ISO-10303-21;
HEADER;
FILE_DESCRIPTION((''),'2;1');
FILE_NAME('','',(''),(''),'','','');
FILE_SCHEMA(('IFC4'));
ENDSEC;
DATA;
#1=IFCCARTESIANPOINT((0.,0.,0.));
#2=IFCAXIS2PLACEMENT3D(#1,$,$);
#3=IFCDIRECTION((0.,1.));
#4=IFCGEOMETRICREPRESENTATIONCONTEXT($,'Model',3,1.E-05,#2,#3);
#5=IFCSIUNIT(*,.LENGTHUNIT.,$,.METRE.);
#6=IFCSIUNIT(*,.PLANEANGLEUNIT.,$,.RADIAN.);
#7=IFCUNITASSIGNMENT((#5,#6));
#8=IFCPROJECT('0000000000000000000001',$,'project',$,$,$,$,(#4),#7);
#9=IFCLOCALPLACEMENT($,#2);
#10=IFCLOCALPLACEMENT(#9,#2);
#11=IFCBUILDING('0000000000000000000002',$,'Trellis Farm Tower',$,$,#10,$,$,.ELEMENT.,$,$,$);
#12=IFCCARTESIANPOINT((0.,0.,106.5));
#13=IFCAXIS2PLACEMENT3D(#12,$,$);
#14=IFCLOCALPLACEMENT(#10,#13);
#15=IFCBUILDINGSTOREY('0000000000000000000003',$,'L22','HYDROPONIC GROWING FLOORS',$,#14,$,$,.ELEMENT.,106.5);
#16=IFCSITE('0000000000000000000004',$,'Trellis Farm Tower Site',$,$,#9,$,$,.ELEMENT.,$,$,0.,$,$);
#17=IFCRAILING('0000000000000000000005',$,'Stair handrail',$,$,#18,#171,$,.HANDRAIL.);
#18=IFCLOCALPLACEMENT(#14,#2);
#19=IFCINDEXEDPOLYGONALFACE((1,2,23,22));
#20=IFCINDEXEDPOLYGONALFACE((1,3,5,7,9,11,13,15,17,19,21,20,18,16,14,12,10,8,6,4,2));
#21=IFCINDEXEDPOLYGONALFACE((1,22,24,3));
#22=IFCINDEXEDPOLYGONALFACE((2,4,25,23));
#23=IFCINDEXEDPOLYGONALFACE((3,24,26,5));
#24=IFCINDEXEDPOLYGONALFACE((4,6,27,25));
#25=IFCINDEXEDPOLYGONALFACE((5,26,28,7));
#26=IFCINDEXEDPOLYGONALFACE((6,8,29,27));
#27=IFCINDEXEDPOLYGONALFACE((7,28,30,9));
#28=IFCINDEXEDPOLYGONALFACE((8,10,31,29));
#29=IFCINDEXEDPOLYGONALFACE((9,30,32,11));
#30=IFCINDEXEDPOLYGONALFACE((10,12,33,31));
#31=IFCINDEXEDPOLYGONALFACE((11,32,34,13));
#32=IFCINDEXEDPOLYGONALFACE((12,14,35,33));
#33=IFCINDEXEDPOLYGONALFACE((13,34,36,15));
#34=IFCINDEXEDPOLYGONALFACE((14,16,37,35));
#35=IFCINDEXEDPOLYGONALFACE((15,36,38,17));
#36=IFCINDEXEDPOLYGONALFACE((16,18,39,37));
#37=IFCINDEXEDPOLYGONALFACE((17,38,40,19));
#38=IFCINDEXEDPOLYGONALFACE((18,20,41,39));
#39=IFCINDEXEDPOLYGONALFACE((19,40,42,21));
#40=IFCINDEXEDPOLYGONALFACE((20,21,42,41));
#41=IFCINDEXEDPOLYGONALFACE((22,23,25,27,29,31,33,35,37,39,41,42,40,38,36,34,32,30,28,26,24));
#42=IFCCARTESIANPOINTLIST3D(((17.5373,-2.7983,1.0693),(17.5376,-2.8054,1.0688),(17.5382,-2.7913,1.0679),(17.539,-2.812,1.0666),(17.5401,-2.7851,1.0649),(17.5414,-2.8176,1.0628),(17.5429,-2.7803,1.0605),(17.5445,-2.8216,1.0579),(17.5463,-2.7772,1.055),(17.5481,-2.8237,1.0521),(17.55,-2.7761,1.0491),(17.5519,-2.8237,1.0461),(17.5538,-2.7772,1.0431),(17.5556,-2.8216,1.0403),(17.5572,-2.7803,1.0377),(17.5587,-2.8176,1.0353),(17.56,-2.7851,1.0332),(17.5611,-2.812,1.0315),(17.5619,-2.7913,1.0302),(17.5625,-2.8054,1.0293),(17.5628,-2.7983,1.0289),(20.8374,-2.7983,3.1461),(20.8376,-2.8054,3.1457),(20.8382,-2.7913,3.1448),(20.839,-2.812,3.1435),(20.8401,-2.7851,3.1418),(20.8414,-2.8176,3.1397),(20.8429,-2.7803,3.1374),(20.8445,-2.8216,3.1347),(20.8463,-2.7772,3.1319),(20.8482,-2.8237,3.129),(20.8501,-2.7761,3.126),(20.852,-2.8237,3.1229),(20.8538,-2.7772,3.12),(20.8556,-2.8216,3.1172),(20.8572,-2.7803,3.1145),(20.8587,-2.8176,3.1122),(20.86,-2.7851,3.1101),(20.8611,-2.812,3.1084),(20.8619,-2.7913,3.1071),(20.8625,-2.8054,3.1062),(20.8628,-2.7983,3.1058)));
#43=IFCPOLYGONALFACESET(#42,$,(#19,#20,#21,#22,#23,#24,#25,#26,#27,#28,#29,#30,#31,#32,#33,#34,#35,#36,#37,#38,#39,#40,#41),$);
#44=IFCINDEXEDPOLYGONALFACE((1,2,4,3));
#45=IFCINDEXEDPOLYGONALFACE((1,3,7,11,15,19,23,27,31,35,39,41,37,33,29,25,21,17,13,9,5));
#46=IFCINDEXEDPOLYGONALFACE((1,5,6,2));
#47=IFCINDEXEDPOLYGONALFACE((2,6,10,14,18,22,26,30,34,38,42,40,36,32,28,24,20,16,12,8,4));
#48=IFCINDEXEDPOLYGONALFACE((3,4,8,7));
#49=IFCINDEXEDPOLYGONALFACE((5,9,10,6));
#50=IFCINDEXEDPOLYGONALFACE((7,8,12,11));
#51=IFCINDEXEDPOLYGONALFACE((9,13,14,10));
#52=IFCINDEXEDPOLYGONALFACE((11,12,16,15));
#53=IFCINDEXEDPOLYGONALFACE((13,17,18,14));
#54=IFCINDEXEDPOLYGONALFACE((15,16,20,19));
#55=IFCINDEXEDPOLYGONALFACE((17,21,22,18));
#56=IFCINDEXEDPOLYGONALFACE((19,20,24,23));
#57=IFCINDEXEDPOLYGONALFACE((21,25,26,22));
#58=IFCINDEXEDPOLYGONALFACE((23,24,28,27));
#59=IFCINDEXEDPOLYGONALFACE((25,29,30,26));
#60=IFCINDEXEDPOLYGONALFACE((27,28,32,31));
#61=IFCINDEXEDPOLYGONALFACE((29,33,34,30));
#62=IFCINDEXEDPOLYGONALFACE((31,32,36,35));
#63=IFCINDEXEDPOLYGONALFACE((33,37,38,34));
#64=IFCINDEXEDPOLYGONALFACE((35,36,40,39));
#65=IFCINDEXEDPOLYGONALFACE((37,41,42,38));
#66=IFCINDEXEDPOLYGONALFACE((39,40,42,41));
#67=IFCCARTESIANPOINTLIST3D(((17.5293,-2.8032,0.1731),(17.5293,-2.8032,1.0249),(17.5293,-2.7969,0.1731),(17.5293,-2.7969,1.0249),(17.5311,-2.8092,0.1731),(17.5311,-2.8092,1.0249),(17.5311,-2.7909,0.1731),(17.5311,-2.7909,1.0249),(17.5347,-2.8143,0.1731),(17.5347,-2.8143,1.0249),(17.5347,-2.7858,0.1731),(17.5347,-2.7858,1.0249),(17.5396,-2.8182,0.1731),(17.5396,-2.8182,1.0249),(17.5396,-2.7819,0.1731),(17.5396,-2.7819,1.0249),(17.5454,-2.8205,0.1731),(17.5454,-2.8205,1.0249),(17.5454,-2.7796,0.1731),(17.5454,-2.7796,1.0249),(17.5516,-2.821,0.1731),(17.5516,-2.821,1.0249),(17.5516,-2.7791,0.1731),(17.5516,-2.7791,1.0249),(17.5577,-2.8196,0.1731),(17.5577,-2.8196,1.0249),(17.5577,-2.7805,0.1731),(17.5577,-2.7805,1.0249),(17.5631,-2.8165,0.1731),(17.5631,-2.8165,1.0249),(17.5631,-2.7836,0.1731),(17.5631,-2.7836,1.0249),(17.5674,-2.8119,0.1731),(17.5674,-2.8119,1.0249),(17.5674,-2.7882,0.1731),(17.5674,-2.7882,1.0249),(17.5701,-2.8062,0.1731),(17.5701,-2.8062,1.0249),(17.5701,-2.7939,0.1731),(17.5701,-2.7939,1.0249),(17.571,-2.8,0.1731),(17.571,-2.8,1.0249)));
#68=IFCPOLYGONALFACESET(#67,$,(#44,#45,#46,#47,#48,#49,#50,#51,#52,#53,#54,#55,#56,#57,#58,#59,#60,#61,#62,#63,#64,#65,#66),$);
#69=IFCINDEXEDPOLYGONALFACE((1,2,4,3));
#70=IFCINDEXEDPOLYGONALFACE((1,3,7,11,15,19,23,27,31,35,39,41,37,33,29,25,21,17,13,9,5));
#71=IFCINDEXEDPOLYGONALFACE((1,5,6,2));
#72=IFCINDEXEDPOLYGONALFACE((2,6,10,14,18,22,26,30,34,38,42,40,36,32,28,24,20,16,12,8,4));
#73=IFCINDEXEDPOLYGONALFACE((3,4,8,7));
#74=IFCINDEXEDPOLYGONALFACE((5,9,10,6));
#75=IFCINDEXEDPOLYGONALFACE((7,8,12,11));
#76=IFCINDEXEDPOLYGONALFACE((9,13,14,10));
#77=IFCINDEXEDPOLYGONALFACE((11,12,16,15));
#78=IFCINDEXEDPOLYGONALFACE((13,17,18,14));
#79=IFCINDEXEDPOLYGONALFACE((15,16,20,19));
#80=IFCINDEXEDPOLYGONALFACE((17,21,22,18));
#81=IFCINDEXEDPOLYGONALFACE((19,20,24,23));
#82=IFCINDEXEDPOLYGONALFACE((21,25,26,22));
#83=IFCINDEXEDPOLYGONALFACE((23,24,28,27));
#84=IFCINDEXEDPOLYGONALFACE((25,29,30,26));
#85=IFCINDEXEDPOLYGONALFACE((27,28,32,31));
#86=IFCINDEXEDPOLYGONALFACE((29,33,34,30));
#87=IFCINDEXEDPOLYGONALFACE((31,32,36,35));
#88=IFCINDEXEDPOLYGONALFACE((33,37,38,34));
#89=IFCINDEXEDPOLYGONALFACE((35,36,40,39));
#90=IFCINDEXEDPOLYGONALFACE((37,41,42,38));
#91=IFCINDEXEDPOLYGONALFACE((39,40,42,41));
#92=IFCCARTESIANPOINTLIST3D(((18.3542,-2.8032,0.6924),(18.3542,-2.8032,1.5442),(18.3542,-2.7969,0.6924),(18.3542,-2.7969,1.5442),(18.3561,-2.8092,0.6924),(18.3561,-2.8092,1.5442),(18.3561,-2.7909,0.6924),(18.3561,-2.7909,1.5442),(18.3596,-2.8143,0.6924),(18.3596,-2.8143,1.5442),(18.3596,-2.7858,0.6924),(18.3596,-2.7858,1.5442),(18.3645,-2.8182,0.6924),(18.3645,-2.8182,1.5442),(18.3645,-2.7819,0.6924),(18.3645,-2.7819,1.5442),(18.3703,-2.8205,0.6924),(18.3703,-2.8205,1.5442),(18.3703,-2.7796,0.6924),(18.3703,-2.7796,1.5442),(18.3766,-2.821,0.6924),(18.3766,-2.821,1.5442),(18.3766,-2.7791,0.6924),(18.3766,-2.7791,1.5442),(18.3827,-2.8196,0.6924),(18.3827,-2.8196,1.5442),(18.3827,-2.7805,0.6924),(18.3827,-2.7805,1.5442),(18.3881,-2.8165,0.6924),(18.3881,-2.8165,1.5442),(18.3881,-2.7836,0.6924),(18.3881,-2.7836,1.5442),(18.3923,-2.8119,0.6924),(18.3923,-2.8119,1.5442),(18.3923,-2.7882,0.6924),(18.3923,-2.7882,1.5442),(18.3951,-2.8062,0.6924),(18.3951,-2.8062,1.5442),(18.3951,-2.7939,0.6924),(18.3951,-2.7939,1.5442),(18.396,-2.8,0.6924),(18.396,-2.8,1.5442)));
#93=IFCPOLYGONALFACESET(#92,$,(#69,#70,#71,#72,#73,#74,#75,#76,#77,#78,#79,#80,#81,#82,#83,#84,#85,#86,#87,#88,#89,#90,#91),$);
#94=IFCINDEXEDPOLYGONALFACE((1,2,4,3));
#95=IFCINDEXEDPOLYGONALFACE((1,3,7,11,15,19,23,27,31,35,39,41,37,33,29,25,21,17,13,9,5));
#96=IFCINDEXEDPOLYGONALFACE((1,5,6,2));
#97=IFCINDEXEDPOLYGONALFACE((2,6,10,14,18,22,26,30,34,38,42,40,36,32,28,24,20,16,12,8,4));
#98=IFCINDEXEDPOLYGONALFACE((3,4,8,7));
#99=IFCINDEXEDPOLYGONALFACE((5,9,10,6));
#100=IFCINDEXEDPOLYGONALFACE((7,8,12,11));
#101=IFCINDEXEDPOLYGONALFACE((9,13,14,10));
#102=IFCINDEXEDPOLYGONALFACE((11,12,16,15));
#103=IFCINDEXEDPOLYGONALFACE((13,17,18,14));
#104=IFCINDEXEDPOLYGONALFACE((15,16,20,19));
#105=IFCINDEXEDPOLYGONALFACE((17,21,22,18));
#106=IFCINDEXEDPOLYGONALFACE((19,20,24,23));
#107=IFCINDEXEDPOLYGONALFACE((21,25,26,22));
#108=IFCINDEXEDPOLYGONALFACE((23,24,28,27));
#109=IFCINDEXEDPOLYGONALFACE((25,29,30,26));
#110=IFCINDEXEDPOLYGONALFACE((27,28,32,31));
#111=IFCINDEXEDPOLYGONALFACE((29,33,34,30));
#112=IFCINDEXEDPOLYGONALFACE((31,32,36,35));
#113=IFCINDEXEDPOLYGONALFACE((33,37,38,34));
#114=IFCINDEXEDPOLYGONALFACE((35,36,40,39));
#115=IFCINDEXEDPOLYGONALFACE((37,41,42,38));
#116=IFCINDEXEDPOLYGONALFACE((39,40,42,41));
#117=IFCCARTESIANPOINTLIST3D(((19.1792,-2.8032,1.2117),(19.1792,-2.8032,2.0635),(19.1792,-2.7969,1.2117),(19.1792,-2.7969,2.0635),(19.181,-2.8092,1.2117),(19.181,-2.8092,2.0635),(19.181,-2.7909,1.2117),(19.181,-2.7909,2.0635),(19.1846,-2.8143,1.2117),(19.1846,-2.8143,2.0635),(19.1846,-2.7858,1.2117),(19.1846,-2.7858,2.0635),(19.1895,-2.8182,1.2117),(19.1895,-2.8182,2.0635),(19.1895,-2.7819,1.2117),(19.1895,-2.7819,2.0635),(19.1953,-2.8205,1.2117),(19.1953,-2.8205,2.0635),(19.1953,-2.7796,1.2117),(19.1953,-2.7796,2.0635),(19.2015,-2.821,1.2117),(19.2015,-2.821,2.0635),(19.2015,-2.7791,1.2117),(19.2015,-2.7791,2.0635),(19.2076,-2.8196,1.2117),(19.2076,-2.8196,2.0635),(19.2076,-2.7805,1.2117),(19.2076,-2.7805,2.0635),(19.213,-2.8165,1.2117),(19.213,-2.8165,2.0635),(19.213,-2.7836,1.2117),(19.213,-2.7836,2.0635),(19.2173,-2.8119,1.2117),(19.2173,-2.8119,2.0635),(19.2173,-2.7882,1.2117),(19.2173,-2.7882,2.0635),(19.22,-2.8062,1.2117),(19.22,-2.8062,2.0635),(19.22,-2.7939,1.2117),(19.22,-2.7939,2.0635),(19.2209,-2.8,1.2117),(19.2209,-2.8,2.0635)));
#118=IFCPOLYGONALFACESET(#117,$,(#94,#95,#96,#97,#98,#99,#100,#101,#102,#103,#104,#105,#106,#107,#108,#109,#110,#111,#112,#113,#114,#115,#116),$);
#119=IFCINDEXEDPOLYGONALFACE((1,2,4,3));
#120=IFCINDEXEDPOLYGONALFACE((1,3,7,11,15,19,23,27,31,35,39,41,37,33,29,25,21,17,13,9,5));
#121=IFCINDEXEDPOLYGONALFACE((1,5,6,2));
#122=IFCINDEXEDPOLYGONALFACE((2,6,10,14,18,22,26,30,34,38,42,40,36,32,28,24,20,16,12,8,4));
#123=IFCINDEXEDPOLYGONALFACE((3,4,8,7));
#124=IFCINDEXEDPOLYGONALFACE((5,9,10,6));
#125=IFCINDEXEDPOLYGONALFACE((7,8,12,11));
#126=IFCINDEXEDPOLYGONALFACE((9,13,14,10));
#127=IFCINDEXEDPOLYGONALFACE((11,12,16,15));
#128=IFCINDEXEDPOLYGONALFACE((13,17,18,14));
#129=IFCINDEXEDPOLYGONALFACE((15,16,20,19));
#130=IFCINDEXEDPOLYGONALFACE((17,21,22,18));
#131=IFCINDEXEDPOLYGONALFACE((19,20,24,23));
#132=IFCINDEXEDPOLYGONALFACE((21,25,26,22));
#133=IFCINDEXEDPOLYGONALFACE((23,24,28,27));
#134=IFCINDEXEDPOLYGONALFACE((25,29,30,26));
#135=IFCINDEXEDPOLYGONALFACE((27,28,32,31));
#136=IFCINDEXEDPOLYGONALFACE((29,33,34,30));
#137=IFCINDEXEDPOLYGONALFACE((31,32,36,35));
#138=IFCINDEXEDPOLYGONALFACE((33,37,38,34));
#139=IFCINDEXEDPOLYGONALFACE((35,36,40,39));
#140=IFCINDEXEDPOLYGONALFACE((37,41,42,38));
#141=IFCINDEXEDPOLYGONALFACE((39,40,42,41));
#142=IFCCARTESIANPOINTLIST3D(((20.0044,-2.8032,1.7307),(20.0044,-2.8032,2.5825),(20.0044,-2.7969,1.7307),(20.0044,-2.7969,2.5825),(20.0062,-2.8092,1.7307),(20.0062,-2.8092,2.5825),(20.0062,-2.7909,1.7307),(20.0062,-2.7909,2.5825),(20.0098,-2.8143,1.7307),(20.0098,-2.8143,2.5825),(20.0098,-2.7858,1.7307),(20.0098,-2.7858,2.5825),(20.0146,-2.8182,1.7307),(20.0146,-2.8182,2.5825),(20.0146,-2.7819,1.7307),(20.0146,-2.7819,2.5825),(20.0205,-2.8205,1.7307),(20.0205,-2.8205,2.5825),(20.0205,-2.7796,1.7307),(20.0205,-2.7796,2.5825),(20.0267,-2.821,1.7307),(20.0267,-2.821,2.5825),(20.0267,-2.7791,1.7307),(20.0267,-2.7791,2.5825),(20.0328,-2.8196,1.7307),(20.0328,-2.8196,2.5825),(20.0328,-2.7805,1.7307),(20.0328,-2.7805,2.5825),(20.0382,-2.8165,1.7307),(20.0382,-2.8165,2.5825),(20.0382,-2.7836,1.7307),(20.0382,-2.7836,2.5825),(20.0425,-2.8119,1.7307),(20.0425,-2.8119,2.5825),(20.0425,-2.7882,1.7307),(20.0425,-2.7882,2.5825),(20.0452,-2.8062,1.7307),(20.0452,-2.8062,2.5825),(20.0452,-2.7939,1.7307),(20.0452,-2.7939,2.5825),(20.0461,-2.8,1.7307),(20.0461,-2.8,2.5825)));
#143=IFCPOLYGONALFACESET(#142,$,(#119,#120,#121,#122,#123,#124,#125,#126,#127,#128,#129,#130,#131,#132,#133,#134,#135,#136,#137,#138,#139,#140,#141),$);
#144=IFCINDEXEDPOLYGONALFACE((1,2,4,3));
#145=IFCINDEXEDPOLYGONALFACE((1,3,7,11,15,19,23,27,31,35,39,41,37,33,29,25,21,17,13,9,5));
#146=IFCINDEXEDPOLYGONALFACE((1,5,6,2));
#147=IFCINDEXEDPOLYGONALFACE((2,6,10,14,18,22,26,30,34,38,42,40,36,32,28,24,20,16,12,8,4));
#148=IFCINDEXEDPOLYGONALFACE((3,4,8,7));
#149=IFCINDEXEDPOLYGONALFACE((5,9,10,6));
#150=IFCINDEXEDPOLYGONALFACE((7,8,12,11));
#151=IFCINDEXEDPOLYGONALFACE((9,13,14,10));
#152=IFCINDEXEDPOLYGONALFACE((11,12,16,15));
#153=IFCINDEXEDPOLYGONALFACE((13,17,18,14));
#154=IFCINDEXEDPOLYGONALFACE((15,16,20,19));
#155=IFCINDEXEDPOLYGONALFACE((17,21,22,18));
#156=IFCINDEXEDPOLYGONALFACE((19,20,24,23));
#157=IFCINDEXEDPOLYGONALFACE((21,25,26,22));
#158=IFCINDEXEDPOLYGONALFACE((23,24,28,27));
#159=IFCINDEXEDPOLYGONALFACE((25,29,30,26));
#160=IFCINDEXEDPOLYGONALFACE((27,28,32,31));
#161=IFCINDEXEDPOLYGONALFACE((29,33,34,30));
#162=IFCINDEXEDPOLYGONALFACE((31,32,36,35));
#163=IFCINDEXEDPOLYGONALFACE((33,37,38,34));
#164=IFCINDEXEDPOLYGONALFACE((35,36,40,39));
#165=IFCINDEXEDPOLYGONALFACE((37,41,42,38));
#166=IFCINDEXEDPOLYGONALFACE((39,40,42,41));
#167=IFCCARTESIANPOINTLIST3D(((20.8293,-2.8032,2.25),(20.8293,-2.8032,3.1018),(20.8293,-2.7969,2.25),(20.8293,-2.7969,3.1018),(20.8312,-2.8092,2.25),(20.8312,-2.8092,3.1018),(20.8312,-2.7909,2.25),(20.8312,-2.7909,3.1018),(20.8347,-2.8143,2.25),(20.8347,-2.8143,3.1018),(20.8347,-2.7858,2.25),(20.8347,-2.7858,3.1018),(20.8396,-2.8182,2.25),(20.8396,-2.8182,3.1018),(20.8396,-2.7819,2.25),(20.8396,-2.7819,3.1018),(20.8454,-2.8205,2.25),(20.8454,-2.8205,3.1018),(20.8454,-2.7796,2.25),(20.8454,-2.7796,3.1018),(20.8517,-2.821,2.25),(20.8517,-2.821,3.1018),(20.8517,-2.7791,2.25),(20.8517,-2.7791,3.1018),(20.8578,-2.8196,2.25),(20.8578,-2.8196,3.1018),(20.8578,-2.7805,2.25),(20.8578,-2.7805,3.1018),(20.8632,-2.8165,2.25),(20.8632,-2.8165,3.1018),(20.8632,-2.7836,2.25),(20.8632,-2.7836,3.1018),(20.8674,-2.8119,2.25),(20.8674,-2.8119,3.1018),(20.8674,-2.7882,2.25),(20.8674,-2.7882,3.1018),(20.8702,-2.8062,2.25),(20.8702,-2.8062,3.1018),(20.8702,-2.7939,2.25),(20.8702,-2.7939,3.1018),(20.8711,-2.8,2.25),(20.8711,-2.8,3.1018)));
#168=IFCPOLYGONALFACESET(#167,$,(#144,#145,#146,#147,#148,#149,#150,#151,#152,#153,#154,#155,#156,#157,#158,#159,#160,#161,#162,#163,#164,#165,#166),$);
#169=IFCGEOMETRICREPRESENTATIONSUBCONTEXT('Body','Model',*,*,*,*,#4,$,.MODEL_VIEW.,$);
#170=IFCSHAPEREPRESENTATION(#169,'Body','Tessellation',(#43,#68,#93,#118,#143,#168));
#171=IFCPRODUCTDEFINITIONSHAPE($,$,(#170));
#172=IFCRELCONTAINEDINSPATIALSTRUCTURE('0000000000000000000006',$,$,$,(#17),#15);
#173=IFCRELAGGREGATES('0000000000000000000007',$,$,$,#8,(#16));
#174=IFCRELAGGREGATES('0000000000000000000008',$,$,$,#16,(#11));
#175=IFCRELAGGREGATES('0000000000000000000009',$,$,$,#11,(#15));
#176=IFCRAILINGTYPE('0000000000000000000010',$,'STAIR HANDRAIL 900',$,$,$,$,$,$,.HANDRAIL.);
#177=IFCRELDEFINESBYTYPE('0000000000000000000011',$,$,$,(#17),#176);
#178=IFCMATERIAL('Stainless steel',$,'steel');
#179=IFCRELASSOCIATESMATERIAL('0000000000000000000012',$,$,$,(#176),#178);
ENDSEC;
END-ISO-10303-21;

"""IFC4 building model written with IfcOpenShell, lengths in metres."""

from ifc_helpers import new_model, si_unit, direction, frame, origin, origin_2d, place, context, subcontext, project, spatial, circle, extrude, source, transform, mapped, material, type_object, element, save


model = new_model("IFC4")

# Units and contexts
model_context = context("Model", 3, precision=1e-05, world=origin(), true_north=direction((0.0, 1.0)))
body_context = subcontext(model_context, "Body", "Model", "MODEL_VIEW")
ifc_project = project(units=[si_unit("LENGTHUNIT", "METRE"), si_unit("PLANEANGLEUNIT", "RADIAN")], contexts=[model_context])

# Site, building, storey
site_placement = place(None, origin())
site = spatial("IfcSite", under=ifc_project, at=site_placement, Name="Trellis Farm Tower Site", CompositionType="ELEMENT", RefElevation=0.0)
building_placement = place(site_placement, origin())
building = spatial("IfcBuilding", under=site, at=building_placement, Name="Trellis Farm Tower", CompositionType="ELEMENT")
storey_placement = place(building_placement, frame((0.0, 0.0, 106.5)))
storey = spatial("IfcBuildingStorey", under=building, at=storey_placement, Name="L22", Description="HYDROPONIC GROWING FLOORS", CompositionType="ELEMENT", Elevation=106.5)

# Shared definitions
ifc_material_1 = material(Name="Stainless steel", Category="steel")

# Railing
railing_type = type_object("IfcRailingType", Name="STAIR HANDRAIL 900", PredefinedType="HANDRAIL", material=ifc_material_1)
shared_shape_1 = source(origin(), body_context, "Body", "SweptSolid", [
    extrude(circle(Radius=0.0239, at=origin_2d()), frame((0.0, 0.0, 0.876), z_axis=(0.846337, 0.0, 0.532647), x_axis=(0.0, 1.0, 0.0)), (0.0, 0.0, 1.0), 3.8992),
    extrude(circle(Radius=0.021, at=origin_2d()), origin(), (0.0, 0.0, 1.0), 0.8518),
    extrude(circle(Radius=0.021, at=origin_2d()), frame((0.825, 0.0, 0.5193)), (0.0, 0.0, 1.0), 0.8518),
    extrude(circle(Radius=0.021, at=origin_2d()), frame((1.6499, 0.0, 1.0386)), (0.0, 0.0, 1.0), 0.8518),
    extrude(circle(Radius=0.021, at=origin_2d()), frame((2.4751, 0.0, 1.5576)), (0.0, 0.0, 1.0), 0.8518),
    extrude(circle(Radius=0.021, at=origin_2d()), frame((3.3, 0.0, 2.0769)), (0.0, 0.0, 1.0), 0.8518),
])
railing_placement = place(storey_placement, frame((17.55, -2.8, 0.1731)))
element("IfcRailing", 1, at=railing_placement, inside=storey, type_object=railing_type, Name="Stair handrail", PredefinedType="HANDRAIL", context=body_context, shape_type="MappedRepresentation", body=[
    mapped(shared_shape_1, transform((0.0, 0.0, 0.0))),
])

save(model, "model.ifc")
